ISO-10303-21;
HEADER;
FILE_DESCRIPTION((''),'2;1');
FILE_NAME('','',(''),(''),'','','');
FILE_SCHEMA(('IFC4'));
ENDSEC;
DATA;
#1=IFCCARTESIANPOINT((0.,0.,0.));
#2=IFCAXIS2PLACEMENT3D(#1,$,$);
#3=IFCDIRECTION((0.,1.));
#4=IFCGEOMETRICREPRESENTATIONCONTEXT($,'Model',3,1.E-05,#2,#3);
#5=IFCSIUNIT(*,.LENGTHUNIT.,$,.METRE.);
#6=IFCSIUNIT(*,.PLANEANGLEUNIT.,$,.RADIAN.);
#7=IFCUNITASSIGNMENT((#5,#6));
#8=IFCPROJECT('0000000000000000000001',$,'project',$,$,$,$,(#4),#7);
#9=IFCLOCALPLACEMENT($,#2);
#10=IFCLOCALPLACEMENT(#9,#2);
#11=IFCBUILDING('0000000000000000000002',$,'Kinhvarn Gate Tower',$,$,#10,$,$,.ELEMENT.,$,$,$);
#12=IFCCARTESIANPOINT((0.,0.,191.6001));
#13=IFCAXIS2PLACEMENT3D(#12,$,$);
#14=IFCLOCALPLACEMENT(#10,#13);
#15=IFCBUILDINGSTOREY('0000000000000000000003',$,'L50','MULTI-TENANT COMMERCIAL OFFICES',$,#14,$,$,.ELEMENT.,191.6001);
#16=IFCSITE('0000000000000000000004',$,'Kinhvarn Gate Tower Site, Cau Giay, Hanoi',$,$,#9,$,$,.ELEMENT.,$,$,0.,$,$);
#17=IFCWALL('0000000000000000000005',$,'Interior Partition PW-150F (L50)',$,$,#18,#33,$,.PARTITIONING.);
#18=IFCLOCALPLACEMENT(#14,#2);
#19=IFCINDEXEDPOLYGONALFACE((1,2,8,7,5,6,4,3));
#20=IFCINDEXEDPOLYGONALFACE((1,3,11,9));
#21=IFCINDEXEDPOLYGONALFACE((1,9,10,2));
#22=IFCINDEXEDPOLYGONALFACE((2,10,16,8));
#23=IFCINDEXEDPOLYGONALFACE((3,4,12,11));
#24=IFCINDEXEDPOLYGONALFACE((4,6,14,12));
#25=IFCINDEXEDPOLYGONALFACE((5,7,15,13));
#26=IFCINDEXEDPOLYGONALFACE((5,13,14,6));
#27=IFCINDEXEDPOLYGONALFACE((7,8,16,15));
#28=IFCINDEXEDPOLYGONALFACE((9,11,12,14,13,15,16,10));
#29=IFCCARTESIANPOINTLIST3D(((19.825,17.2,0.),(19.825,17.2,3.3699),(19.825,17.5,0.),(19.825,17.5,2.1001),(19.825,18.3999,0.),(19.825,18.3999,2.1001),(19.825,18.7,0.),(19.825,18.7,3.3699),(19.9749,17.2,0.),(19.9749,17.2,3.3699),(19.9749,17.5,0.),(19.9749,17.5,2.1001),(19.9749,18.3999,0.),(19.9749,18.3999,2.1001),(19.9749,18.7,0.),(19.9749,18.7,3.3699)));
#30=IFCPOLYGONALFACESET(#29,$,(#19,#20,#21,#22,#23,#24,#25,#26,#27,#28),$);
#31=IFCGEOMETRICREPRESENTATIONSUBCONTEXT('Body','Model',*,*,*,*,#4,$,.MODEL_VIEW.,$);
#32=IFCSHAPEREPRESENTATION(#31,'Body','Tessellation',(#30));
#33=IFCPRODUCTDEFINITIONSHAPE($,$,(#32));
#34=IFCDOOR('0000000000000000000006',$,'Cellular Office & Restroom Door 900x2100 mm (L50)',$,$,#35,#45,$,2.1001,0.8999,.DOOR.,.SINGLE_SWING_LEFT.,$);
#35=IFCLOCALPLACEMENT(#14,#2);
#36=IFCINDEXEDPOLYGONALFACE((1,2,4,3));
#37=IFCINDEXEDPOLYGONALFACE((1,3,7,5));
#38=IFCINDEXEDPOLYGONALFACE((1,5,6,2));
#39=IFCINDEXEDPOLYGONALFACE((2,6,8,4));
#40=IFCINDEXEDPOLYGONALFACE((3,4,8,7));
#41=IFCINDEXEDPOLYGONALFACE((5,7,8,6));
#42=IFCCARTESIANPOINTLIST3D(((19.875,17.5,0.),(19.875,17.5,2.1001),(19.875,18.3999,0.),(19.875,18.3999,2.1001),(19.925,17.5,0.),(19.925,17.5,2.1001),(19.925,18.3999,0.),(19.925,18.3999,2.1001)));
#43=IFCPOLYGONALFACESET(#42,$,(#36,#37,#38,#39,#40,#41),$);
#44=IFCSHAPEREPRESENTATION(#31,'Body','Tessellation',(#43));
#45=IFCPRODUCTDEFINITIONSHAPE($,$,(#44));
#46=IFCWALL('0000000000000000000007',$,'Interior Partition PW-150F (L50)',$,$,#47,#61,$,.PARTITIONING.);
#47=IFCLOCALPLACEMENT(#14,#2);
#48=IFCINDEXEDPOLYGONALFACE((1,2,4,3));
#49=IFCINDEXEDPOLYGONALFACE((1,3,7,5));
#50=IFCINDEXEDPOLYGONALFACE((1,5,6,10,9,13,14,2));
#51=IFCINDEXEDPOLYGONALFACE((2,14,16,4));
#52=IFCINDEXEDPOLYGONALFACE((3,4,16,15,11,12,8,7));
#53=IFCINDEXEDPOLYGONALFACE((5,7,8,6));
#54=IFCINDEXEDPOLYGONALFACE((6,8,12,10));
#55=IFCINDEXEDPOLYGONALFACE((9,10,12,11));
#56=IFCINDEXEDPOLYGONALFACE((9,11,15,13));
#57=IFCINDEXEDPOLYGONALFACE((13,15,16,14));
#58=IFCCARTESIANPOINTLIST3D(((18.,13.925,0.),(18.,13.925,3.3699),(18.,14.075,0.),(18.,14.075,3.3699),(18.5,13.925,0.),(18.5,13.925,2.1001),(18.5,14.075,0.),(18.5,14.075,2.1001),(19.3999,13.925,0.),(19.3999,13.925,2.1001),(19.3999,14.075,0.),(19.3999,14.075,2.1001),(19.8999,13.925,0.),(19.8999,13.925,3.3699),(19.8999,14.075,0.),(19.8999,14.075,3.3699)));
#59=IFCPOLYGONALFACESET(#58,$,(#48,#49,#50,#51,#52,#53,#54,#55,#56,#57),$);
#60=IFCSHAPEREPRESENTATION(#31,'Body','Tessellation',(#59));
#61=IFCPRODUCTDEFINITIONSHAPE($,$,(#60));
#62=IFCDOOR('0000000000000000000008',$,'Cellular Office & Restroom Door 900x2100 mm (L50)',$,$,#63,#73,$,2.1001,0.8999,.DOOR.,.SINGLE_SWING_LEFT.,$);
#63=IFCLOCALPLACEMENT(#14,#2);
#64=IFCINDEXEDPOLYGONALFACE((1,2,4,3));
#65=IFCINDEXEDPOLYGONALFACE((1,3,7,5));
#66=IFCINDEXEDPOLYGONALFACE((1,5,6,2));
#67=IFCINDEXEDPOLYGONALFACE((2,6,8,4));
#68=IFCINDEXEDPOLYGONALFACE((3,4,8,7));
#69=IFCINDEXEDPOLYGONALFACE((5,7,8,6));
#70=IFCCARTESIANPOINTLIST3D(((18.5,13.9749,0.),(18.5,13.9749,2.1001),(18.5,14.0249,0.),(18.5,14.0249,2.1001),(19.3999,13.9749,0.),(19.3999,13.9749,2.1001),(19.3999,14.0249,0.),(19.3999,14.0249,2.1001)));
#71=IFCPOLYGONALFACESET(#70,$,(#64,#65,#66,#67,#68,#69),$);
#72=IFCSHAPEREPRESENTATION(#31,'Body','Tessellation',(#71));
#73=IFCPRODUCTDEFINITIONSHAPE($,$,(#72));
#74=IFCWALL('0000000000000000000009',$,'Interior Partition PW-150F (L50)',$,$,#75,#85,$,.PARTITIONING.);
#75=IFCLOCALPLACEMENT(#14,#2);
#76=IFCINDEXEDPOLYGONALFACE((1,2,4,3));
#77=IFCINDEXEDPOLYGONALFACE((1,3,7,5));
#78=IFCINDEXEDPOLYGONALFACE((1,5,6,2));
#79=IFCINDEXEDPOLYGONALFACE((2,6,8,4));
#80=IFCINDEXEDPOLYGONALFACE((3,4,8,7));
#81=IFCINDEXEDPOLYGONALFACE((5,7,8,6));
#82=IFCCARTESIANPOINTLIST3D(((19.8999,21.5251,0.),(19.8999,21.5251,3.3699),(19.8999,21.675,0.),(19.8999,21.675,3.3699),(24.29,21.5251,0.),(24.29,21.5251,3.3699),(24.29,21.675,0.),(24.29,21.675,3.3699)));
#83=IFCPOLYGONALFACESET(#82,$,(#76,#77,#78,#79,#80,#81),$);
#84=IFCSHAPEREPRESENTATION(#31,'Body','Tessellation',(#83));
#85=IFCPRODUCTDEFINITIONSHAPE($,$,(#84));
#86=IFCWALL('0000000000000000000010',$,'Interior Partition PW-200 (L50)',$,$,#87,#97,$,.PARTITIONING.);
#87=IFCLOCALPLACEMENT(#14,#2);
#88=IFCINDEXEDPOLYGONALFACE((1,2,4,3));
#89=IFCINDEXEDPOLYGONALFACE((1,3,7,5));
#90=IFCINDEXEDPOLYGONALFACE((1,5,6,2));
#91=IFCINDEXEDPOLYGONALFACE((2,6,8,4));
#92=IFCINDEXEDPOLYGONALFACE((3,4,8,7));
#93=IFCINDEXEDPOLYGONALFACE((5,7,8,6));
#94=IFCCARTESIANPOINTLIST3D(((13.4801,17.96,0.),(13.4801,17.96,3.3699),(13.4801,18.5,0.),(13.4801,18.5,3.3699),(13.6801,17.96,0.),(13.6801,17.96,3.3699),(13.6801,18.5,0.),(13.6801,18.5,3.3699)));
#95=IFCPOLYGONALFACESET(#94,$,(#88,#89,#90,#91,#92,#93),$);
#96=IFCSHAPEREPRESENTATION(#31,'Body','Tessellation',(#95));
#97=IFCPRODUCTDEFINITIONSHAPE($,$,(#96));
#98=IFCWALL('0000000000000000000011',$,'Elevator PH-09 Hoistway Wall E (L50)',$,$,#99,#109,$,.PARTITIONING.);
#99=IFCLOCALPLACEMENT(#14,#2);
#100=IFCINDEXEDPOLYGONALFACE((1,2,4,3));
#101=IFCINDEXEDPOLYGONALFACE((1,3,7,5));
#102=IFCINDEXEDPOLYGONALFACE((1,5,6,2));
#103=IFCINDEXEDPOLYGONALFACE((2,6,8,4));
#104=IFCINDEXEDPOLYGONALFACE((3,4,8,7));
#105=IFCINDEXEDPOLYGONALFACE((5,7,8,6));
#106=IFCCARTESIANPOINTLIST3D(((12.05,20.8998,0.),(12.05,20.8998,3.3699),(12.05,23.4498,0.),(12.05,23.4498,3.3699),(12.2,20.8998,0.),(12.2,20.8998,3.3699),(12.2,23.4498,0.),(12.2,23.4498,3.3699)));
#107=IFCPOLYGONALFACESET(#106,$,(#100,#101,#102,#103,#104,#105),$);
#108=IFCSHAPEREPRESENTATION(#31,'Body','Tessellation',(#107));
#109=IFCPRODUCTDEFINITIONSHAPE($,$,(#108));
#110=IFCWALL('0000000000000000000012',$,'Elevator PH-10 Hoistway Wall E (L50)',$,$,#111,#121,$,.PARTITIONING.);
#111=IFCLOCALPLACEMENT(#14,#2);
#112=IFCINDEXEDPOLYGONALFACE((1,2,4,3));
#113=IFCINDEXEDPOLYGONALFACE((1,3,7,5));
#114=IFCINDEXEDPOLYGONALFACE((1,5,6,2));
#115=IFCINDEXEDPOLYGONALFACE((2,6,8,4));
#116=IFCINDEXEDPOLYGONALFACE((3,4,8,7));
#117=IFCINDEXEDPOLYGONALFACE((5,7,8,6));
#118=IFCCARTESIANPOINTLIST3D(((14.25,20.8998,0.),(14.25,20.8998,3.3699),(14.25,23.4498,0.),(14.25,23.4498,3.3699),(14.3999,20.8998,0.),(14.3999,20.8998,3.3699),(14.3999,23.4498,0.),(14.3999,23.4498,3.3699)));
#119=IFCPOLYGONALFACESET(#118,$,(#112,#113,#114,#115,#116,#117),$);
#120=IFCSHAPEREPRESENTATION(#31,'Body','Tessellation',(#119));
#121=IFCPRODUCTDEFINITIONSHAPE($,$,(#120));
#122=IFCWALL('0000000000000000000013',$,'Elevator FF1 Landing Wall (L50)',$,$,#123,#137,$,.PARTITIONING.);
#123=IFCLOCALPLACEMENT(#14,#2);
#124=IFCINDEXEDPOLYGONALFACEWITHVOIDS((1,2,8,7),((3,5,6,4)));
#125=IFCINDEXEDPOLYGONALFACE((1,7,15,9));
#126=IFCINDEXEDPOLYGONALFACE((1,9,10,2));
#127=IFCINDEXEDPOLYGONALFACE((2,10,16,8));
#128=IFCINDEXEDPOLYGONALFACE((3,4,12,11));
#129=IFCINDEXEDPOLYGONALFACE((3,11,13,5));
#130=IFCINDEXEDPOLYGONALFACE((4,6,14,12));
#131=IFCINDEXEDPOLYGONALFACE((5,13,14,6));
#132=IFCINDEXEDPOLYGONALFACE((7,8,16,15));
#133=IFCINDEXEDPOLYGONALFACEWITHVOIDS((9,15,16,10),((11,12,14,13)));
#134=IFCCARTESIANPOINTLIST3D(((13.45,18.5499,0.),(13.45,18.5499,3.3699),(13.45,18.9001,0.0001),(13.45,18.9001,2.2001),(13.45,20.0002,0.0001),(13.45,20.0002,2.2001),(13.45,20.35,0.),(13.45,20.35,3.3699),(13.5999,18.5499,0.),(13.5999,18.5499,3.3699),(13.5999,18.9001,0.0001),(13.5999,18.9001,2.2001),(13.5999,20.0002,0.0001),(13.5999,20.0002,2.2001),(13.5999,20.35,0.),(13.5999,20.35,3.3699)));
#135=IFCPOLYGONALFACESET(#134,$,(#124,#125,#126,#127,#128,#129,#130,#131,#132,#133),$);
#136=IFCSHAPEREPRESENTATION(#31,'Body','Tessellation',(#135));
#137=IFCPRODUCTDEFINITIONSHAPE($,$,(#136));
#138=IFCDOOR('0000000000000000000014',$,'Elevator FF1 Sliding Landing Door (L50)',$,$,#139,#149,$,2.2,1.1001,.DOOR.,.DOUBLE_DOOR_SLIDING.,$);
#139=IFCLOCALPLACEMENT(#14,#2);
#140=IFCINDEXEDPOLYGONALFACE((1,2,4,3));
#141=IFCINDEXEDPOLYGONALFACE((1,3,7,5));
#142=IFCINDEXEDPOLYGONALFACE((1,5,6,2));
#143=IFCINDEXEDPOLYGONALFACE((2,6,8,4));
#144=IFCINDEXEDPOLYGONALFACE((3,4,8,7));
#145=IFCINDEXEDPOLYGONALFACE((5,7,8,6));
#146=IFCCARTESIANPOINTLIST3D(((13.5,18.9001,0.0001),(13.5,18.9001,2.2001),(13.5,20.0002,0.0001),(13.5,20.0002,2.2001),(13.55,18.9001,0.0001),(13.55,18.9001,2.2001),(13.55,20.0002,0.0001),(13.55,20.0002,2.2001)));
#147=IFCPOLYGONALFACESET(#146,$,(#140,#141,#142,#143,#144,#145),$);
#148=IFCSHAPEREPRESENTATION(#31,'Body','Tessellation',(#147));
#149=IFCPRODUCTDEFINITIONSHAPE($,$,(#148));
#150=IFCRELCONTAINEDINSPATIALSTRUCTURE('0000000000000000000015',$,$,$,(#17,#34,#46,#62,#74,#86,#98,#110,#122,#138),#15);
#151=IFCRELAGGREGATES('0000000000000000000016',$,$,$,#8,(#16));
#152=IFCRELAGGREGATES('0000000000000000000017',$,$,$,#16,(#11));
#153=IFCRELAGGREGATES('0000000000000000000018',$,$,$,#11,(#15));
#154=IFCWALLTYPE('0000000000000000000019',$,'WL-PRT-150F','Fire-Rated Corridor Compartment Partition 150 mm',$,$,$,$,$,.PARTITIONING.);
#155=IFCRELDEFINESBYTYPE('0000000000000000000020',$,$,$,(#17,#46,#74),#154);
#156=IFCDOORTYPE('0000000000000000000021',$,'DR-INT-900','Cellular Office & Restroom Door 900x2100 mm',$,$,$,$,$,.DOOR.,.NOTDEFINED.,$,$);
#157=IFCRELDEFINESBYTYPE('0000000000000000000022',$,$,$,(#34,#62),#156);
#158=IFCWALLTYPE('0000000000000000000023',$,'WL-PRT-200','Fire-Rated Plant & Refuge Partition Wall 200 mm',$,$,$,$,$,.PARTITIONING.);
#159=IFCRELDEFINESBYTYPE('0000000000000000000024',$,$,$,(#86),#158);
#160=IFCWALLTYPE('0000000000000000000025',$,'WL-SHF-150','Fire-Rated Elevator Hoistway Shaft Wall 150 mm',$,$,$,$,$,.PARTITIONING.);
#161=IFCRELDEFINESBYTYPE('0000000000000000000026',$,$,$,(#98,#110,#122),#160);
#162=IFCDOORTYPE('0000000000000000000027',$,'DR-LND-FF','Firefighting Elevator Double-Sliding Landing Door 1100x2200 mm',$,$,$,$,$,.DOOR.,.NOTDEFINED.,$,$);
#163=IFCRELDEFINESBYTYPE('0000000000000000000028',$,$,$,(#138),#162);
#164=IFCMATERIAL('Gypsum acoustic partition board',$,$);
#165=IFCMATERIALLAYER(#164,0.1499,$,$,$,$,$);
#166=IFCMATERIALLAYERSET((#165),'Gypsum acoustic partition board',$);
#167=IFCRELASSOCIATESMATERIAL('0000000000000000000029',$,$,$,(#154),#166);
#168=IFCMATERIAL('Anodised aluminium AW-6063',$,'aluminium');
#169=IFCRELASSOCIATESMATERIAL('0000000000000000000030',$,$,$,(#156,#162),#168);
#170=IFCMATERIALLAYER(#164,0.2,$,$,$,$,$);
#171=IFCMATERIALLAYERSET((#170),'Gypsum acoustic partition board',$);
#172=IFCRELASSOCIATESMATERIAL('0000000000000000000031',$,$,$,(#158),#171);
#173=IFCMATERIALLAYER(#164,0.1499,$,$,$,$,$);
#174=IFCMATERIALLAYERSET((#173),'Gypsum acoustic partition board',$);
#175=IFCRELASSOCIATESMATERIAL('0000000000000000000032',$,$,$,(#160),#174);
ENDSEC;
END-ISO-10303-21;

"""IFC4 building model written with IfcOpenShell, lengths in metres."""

from ifc_helpers import new_model, si_unit, direction, frame, frame_2d, origin, place, context, subcontext, project, spatial, rectangle, extrude, material, layer, layer_set, type_object, element, fill, save


model = new_model("IFC4")

# Units and contexts
model_context = context("Model", 3, precision=1e-05, world=origin(), true_north=direction((0.0, 1.0)))
body_context = subcontext(model_context, "Body", "Model", "MODEL_VIEW")
ifc_project = project(units=[si_unit("LENGTHUNIT", "METRE"), si_unit("PLANEANGLEUNIT", "RADIAN")], contexts=[model_context])

# Site, building, storey
site_placement = place(None, origin())
site = spatial("IfcSite", under=ifc_project, at=site_placement, Name="Kinhvarn Gate Tower Site, Cau Giay, Hanoi", CompositionType="ELEMENT", RefElevation=0.0)
building_placement = place(site_placement, origin())
building = spatial("IfcBuilding", under=site, at=building_placement, Name="Kinhvarn Gate Tower", CompositionType="ELEMENT")
storey_placement = place(building_placement, frame((0.0, 0.0, 191.6001)))
storey = spatial("IfcBuildingStorey", under=building, at=storey_placement, Name="L50", Description="MULTI-TENANT COMMERCIAL OFFICES", CompositionType="ELEMENT", Elevation=191.6001)

# Shared definitions
ifc_material_1 = material(Name="Anodised aluminium AW-6063", Category="aluminium")

# Shared definitions
ifc_material_2 = material(Name="Gypsum acoustic partition board")

# Walls, openings, doors
ifc_layer_1 = layer(ifc_material_2, 0.1499)
ifc_layer_set_1 = layer_set([ifc_layer_1], Name="Gypsum acoustic partition board")
wall_type_1 = type_object("IfcWallType", Name="WL-PRT-150F", Description="Fire-Rated Corridor Compartment Partition 150 mm", PredefinedType="PARTITIONING", material=ifc_layer_set_1)
wall_1_placement = place(storey_placement, frame((19.8999, 17.2, 0.0), z_axis=(0.0, 0.0, 1.0), x_axis=(0.0, 1.0, 0.0)))
wall_1 = element("IfcWall", 1, at=wall_1_placement, inside=storey, type_object=wall_type_1, Name="Interior Partition PW-150F (L50)", PredefinedType="PARTITIONING", context=body_context, shape_type="SweptSolid", body=[
    extrude(rectangle(XDim=1.5, YDim=0.1499, at=frame_2d((0.75, 0.0))), origin(), (0.0, 0.0, 1.0), 3.3699),
])
opening_1_placement = place(wall_1_placement, frame((0.3, 0.0, 0.0)))
opening_1 = element("IfcOpeningElement", 2, at=opening_1_placement, cuts=wall_1, PredefinedType="OPENING", context=body_context, shape_type="SweptSolid", body=[
    extrude(rectangle(XDim=0.8999, YDim=2.1001, at=frame_2d((0.45, 1.05))), frame((0.0, 0.085, 0.0), z_axis=(0.0, -1.0, 0.0), x_axis=(1.0, 0.0, 0.0)), (0.0, 0.0, 1.0), 0.1699),
])
door_type_1 = type_object("IfcDoorType", Name="DR-INT-900", Description="Cellular Office & Restroom Door 900x2100 mm", OperationType="NOTDEFINED", PredefinedType="DOOR", material=ifc_material_1)
door_1_placement = place(opening_1_placement, origin())
door_1 = element("IfcDoor", 3, at=door_1_placement, inside=storey, type_object=door_type_1, Name="Cellular Office & Restroom Door 900x2100 mm (L50)", OperationType="SINGLE_SWING_LEFT", OverallHeight=2.1001, OverallWidth=0.8999, PredefinedType="DOOR", context=body_context, shape_type="SweptSolid", body=[
    extrude(rectangle(XDim=0.8999, YDim=2.1001, at=frame_2d((0.45, 1.05))), frame((0.0, 0.0249, 0.0), z_axis=(0.0, -1.0, 0.0), x_axis=(1.0, 0.0, 0.0)), (0.0, 0.0, 1.0), 0.05),
])
fill(opening_1, door_1)
wall_2_placement = place(storey_placement, frame((18.0, 14.0, 0.0), z_axis=(0.0, 0.0, 1.0), x_axis=(1.0, 0.0, 0.0)))
wall_2 = element("IfcWall", 4, at=wall_2_placement, inside=storey, type_object=wall_type_1, Name="Interior Partition PW-150F (L50)", PredefinedType="PARTITIONING", context=body_context, shape_type="SweptSolid", body=[
    extrude(rectangle(XDim=1.8999, YDim=0.1499, at=frame_2d((0.95, 0.0))), origin(), (0.0, 0.0, 1.0), 3.3699),
])
opening_2_placement = place(wall_2_placement, frame((0.5, 0.0, 0.0)))
opening_2 = element("IfcOpeningElement", 5, at=opening_2_placement, cuts=wall_2, PredefinedType="OPENING", context=body_context, shape_type="SweptSolid", body=[
    extrude(rectangle(XDim=0.8999, YDim=2.1001, at=frame_2d((0.45, 1.05))), frame((0.0, 0.085, 0.0), z_axis=(0.0, -1.0, 0.0), x_axis=(1.0, 0.0, 0.0)), (0.0, 0.0, 1.0), 0.1699),
])
door_2_placement = place(opening_2_placement, origin())
door_2 = element("IfcDoor", 6, at=door_2_placement, inside=storey, type_object=door_type_1, Name="Cellular Office & Restroom Door 900x2100 mm (L50)", OperationType="SINGLE_SWING_LEFT", OverallHeight=2.1001, OverallWidth=0.8999, PredefinedType="DOOR", context=body_context, shape_type="SweptSolid", body=[
    extrude(rectangle(XDim=0.8999, YDim=2.1001, at=frame_2d((0.45, 1.05))), frame((0.0, 0.0249, 0.0), z_axis=(0.0, -1.0, 0.0), x_axis=(1.0, 0.0, 0.0)), (0.0, 0.0, 1.0), 0.05),
])
fill(opening_2, door_2)

# Walls
wall_3_placement = place(storey_placement, frame((19.8999, 21.6001, 0.0), z_axis=(0.0, 0.0, 1.0), x_axis=(1.0, 0.0, 0.0)))
element("IfcWall", 7, at=wall_3_placement, inside=storey, type_object=wall_type_1, Name="Interior Partition PW-150F (L50)", PredefinedType="PARTITIONING", context=body_context, shape_type="SweptSolid", body=[
    extrude(rectangle(XDim=4.3901, YDim=0.1499, at=frame_2d((2.1951, 0.0))), origin(), (0.0, 0.0, 1.0), 3.3699),
])
ifc_layer_2 = layer(ifc_material_2, 0.2)
ifc_layer_set_2 = layer_set([ifc_layer_2], Name="Gypsum acoustic partition board")
wall_type_2 = type_object("IfcWallType", Name="WL-PRT-200", Description="Fire-Rated Plant & Refuge Partition Wall 200 mm", PredefinedType="PARTITIONING", material=ifc_layer_set_2)
wall_4_placement = place(storey_placement, frame((13.5801, 17.96, 0.0), z_axis=(0.0, 0.0, 1.0), x_axis=(0.0, 1.0, 0.0)))
element("IfcWall", 8, at=wall_4_placement, inside=storey, type_object=wall_type_2, Name="Interior Partition PW-200 (L50)", PredefinedType="PARTITIONING", context=body_context, shape_type="SweptSolid", body=[
    extrude(rectangle(XDim=0.54, YDim=0.2, at=frame_2d((0.27, 0.0))), origin(), (0.0, 0.0, 1.0), 3.3699),
])
ifc_layer_3 = layer(ifc_material_2, 0.1499)
ifc_layer_set_3 = layer_set([ifc_layer_3], Name="Gypsum acoustic partition board")
wall_type_3 = type_object("IfcWallType", Name="WL-SHF-150", Description="Fire-Rated Elevator Hoistway Shaft Wall 150 mm", PredefinedType="PARTITIONING", material=ifc_layer_set_3)
for number, where, z_axis, x_axis, name in (
    (9, (12.125, 20.8999, 0.0), (0.0, 0.0, 1.0), (0.0, 1.0, 0.0), "Elevator PH-09 Hoistway Wall E (L50)"),
    (10, (14.325, 20.8999, 0.0), (0.0, 0.0, 1.0), (0.0, 1.0, 0.0), "Elevator PH-10 Hoistway Wall E (L50)"),
):
    element("IfcWall", number, at=place(storey_placement, frame(where, z_axis=z_axis, x_axis=x_axis)), inside=storey, type_object=wall_type_3, Name=name, PredefinedType="PARTITIONING", context=body_context, shape_type="SweptSolid", body=[
        extrude(rectangle(XDim=2.55, YDim=0.1499, at=frame_2d((1.2749, 0.0))), origin(), (0.0, 0.0, 1.0), 3.3699),
    ])

# Wall, opening, door
wall_5_placement = place(storey_placement, frame((13.5249, 18.55, 0.0), z_axis=(0.0, 0.0, 1.0), x_axis=(0.0, 1.0, 0.0)))
wall_5 = element("IfcWall", 11, at=wall_5_placement, inside=storey, type_object=wall_type_3, Name="Elevator FF1 Landing Wall (L50)", PredefinedType="PARTITIONING", context=body_context, shape_type="SweptSolid", body=[
    extrude(rectangle(XDim=1.8, YDim=0.1499, at=frame_2d((0.8999, 0.0))), origin(), (0.0, 0.0, 1.0), 3.3699),
])
opening_3_placement = place(wall_5_placement, frame((0.3501, 0.0, 0.0)))
opening_3 = element("IfcOpeningElement", 12, at=opening_3_placement, cuts=wall_5, PredefinedType="OPENING", context=body_context, shape_type="SweptSolid", body=[
    extrude(rectangle(XDim=1.1001, YDim=2.2, at=frame_2d((0.55, 1.1001))), frame((0.0, 0.085, 0.0), z_axis=(0.0, -1.0, 0.0), x_axis=(1.0, 0.0, 0.0)), (0.0, 0.0, 1.0), 0.1699),
])
door_type_2 = type_object("IfcDoorType", Name="DR-LND-FF", Description="Firefighting Elevator Double-Sliding Landing Door 1100x2200 mm", OperationType="NOTDEFINED", PredefinedType="DOOR", material=ifc_material_1)
door_3_placement = place(opening_3_placement, origin())
door_3 = element("IfcDoor", 13, at=door_3_placement, inside=storey, type_object=door_type_2, Name="Elevator FF1 Sliding Landing Door (L50)", OperationType="DOUBLE_DOOR_SLIDING", OverallHeight=2.2, OverallWidth=1.1001, PredefinedType="DOOR", context=body_context, shape_type="SweptSolid", body=[
    extrude(rectangle(XDim=1.1001, YDim=2.2, at=frame_2d((0.55, 1.1001))), frame((0.0, 0.0249, 0.0), z_axis=(0.0, -1.0, 0.0), x_axis=(1.0, 0.0, 0.0)), (0.0, 0.0, 1.0), 0.05),
])
fill(opening_3, door_3)

save(model, "model.ifc")
